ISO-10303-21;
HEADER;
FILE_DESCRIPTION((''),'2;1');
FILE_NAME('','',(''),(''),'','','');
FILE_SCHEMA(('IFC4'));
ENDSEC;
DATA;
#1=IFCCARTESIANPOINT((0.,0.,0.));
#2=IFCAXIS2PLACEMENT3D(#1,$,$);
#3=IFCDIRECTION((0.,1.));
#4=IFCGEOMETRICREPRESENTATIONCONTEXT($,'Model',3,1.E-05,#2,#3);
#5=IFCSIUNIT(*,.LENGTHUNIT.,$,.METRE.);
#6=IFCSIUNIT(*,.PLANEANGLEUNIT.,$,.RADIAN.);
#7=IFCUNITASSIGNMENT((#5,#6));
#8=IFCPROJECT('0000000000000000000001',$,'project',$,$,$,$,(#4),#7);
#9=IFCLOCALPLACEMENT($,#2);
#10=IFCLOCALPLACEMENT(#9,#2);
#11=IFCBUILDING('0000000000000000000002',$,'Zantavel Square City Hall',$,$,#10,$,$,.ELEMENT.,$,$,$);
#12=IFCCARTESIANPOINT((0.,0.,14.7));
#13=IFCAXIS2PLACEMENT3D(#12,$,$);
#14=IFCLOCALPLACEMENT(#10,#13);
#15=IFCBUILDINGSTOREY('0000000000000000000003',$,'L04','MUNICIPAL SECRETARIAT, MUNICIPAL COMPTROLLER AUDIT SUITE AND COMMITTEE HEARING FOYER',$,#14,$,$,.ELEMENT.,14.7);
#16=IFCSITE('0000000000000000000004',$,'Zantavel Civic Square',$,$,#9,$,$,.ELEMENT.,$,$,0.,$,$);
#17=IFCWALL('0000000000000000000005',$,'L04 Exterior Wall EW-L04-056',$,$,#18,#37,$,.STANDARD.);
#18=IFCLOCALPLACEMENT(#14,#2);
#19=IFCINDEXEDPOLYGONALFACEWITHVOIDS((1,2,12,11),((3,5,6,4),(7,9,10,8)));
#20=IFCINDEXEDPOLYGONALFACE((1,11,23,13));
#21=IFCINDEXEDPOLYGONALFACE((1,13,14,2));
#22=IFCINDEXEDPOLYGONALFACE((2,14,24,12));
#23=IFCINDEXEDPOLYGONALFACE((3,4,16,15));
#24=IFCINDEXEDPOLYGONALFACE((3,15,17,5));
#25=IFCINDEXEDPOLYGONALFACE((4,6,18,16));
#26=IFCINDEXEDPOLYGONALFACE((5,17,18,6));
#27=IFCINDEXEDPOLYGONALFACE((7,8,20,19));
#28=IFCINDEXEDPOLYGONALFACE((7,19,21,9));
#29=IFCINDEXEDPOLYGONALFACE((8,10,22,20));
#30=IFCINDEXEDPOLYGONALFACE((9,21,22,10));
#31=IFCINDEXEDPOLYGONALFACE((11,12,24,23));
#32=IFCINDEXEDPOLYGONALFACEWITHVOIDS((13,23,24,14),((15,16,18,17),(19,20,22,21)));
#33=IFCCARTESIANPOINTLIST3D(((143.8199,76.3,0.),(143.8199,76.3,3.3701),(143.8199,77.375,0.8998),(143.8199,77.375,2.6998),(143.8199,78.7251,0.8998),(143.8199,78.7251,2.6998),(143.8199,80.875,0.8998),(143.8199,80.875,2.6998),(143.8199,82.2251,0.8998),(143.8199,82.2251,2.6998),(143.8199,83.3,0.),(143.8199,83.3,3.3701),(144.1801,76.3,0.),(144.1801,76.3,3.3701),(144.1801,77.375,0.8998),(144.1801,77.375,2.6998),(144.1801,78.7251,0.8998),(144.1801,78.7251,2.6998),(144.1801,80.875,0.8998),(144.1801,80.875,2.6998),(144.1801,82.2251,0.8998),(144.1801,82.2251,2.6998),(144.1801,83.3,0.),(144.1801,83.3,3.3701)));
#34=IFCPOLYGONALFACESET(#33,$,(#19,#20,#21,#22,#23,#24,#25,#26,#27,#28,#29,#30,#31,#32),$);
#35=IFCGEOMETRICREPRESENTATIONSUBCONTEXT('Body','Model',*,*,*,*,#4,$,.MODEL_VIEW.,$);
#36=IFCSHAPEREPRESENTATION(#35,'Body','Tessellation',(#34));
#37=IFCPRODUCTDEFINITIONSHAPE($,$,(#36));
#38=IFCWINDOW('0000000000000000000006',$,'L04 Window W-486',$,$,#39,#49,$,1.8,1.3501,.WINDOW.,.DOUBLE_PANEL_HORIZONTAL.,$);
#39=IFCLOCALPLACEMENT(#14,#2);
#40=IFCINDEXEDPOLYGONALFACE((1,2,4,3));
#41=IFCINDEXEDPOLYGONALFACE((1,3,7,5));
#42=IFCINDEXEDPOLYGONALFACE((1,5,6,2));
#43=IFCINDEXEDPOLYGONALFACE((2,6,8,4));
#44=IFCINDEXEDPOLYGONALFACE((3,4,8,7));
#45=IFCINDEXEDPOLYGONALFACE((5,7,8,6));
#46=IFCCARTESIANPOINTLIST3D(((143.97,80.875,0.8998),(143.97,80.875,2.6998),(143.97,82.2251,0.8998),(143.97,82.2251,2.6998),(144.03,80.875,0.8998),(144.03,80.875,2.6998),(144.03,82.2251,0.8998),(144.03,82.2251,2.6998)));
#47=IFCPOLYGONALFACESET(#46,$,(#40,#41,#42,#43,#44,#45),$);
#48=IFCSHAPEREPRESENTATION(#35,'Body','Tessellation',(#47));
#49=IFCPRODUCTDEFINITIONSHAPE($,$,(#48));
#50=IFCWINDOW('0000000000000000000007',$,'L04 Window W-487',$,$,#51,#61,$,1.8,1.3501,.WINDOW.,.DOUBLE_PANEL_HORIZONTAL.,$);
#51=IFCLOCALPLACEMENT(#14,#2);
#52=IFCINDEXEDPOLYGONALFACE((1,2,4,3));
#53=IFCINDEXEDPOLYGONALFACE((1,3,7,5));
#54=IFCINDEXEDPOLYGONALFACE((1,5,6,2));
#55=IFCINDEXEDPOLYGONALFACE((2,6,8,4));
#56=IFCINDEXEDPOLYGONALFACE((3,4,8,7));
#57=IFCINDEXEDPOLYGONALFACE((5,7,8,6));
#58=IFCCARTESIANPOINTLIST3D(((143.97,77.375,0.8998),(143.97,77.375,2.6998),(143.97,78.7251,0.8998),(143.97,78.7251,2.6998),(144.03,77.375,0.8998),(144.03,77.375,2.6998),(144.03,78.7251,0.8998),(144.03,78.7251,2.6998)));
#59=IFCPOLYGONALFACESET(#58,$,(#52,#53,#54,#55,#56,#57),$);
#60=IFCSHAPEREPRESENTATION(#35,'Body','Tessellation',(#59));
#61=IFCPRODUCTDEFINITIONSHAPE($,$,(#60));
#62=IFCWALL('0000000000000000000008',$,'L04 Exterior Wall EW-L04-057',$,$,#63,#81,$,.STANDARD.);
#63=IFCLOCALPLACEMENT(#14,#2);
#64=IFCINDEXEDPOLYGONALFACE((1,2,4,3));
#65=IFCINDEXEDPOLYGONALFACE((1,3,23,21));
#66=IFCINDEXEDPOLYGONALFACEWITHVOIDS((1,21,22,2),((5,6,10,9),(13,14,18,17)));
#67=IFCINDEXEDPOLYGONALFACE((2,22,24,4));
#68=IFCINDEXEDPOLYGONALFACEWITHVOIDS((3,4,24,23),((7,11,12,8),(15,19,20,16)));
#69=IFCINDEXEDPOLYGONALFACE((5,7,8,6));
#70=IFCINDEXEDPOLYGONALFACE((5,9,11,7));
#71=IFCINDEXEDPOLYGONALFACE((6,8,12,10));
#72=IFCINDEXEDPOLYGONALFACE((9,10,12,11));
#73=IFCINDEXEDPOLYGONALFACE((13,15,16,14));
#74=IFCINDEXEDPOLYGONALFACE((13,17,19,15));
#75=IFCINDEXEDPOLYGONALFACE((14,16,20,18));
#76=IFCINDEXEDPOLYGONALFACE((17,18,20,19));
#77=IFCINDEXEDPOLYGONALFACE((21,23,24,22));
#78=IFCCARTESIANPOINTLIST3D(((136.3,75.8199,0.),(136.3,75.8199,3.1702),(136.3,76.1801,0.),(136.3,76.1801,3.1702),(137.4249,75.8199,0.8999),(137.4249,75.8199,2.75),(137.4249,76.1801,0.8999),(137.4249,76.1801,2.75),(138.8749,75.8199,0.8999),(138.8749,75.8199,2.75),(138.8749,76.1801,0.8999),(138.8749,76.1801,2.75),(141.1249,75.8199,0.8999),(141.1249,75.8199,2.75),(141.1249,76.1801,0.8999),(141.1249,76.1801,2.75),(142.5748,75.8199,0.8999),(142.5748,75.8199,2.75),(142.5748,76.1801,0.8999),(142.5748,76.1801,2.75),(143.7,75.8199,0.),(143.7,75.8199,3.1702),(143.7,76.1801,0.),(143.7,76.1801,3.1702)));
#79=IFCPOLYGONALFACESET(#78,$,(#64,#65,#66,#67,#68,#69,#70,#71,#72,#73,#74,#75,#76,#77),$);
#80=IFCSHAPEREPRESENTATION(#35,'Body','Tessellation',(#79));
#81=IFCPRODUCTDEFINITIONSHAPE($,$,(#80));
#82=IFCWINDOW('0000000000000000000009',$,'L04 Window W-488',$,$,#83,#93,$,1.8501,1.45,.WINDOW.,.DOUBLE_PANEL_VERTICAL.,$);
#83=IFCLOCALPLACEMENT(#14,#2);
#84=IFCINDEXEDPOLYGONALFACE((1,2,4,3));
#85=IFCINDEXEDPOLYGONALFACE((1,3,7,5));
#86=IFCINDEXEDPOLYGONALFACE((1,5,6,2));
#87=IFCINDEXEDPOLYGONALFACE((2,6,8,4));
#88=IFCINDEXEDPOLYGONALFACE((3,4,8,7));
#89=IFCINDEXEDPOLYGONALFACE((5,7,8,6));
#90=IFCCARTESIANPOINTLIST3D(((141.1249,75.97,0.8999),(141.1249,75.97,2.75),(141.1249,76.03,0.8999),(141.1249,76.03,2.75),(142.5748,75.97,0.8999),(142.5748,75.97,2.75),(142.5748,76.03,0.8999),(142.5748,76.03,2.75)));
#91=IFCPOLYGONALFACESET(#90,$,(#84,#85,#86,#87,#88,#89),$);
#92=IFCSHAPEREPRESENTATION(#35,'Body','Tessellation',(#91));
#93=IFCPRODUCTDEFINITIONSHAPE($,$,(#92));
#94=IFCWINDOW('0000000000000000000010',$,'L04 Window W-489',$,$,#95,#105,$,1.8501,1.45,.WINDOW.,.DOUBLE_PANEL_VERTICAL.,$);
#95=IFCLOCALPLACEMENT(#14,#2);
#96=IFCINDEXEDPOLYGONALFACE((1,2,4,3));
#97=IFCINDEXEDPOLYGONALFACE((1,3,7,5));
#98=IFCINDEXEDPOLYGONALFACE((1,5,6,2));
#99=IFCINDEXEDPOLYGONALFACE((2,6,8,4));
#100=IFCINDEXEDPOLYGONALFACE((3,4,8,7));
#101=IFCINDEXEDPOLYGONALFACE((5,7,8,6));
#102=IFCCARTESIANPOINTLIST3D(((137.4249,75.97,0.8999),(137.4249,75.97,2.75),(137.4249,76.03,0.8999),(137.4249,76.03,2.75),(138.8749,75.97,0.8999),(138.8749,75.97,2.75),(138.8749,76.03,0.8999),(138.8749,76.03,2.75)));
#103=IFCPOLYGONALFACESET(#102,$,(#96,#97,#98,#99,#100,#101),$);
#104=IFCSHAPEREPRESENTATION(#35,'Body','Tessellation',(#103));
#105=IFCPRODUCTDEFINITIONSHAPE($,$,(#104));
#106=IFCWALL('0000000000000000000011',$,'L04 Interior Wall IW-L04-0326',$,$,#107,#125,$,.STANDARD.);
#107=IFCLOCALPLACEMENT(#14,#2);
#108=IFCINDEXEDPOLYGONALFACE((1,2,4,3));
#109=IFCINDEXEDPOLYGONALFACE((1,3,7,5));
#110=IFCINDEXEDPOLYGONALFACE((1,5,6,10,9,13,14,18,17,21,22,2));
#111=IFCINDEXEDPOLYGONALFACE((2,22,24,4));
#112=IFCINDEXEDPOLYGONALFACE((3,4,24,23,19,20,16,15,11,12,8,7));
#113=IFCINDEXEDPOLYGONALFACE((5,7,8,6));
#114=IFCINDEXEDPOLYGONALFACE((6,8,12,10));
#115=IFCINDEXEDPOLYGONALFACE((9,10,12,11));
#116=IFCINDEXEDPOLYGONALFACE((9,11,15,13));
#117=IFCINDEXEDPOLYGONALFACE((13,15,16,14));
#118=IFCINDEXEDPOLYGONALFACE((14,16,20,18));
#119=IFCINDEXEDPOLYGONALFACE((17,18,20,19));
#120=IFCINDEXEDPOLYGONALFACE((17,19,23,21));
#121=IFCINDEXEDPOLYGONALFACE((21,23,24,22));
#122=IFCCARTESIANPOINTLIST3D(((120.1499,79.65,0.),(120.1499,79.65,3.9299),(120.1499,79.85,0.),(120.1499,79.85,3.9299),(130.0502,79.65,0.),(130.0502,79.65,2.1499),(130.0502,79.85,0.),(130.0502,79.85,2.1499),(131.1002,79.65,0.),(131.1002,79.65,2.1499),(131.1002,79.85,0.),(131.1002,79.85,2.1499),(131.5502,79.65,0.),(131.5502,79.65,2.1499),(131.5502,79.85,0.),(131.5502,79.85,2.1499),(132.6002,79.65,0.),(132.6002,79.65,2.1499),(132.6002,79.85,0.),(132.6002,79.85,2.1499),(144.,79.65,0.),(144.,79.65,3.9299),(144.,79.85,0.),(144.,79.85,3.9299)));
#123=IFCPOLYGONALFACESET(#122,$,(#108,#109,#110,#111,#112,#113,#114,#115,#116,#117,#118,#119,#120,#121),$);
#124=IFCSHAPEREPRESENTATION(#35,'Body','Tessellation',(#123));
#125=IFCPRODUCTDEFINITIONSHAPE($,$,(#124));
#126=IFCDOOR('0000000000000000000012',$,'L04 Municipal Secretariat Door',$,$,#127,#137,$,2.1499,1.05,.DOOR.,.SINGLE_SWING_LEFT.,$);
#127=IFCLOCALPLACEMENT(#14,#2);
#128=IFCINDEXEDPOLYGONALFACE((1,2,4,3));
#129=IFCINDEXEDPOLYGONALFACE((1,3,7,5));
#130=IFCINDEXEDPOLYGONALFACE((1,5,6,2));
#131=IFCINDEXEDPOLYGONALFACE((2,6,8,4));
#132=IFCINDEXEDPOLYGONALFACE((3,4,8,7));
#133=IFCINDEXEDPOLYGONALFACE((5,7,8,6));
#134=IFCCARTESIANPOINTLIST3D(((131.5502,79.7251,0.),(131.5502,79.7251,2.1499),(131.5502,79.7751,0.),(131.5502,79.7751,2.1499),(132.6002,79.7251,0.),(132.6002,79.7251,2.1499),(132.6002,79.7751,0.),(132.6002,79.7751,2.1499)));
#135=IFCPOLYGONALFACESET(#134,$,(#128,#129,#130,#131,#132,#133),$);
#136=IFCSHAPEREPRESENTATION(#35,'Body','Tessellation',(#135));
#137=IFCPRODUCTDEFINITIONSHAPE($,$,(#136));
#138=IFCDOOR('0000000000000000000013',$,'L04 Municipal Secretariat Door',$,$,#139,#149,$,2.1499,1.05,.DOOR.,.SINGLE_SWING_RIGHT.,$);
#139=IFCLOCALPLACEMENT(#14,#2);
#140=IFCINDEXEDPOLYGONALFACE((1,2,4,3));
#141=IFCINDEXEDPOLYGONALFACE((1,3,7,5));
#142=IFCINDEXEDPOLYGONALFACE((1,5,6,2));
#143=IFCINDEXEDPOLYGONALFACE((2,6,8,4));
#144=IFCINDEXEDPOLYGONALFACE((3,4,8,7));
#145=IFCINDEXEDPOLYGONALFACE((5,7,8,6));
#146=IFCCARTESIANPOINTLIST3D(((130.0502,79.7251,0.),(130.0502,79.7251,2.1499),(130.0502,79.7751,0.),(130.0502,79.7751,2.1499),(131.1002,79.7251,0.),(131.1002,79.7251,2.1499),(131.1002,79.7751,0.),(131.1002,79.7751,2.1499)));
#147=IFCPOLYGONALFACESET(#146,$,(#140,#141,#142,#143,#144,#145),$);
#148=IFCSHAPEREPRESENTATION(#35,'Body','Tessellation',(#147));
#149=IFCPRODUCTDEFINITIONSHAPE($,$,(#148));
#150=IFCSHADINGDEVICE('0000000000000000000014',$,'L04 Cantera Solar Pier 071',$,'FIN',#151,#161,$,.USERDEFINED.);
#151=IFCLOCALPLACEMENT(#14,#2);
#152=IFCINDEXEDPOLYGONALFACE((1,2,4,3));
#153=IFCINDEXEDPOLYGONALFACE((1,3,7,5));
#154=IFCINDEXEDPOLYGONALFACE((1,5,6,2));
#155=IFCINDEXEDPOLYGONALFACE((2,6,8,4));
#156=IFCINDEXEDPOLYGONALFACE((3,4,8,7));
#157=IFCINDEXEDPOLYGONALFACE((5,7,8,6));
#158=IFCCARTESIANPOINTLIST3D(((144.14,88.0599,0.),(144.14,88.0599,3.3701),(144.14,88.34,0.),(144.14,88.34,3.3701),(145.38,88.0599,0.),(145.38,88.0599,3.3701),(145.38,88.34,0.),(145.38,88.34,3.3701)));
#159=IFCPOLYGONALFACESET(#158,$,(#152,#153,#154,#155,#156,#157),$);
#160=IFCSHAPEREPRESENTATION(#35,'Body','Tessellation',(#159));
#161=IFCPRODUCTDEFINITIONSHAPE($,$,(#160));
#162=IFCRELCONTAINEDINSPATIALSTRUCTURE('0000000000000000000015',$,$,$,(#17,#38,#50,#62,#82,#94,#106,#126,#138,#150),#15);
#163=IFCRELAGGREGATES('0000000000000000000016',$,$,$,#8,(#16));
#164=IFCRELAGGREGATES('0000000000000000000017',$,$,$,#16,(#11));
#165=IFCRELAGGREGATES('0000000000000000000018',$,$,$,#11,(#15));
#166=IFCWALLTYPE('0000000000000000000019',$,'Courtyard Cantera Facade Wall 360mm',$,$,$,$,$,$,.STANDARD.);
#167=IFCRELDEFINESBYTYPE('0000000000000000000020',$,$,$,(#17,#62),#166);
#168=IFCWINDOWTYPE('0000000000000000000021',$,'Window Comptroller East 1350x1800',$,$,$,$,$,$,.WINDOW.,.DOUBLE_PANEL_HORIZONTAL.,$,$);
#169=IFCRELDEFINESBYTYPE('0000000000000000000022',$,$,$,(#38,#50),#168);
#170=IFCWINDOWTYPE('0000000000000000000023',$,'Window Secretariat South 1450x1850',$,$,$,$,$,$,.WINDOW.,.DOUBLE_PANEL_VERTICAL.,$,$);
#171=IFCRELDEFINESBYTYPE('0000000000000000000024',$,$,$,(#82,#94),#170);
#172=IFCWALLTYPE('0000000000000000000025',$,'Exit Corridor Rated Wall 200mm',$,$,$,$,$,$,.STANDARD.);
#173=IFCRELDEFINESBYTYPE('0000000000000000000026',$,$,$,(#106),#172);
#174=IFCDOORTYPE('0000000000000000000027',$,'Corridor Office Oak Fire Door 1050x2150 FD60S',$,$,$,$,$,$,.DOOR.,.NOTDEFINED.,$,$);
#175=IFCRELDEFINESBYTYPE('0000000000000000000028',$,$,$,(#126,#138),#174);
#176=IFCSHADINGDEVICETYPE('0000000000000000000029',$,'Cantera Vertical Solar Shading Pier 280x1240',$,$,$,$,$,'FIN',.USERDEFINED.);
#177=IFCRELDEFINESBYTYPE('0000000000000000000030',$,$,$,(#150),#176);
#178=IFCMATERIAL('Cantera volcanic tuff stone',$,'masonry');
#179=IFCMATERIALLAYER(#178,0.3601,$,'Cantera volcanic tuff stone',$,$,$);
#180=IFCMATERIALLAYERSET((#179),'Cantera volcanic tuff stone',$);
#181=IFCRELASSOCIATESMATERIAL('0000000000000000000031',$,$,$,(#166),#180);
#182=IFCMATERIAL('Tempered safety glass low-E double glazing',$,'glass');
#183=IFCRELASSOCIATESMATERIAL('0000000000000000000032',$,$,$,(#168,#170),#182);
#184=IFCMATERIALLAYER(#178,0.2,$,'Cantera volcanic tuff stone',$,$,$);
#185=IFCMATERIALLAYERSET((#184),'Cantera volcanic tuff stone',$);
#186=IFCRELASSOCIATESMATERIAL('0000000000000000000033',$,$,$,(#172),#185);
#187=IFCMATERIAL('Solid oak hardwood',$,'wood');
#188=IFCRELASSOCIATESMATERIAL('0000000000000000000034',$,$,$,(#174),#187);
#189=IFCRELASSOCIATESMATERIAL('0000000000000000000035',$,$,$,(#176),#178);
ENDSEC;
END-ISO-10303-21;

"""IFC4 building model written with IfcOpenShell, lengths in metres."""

from ifc_helpers import new_model, si_unit, direction, frame, frame_2d, origin, origin_2d, place, context, subcontext, project, spatial, rectangle, extrude, material, layer, layer_set, type_object, element, fill, save


model = new_model("IFC4")

# Units and contexts
model_context = context("Model", 3, precision=1e-05, world=origin(), true_north=direction((0.0, 1.0)))
body_context = subcontext(model_context, "Body", "Model", "MODEL_VIEW")
ifc_project = project(units=[si_unit("LENGTHUNIT", "METRE"), si_unit("PLANEANGLEUNIT", "RADIAN")], contexts=[model_context])

# Site, building, storey
site_placement = place(None, origin())
site = spatial("IfcSite", under=ifc_project, at=site_placement, Name="Zantavel Civic Square", CompositionType="ELEMENT", RefElevation=0.0)
building_placement = place(site_placement, origin())
building = spatial("IfcBuilding", under=site, at=building_placement, Name="Zantavel Square City Hall", CompositionType="ELEMENT")
storey_placement = place(building_placement, frame((0.0, 0.0, 14.7)))
storey = spatial("IfcBuildingStorey", under=building, at=storey_placement, Name="L04", Description="MUNICIPAL SECRETARIAT, MUNICIPAL COMPTROLLER AUDIT SUITE AND COMMITTEE HEARING FOYER", CompositionType="ELEMENT", Elevation=14.7)

# Shared definitions
ifc_material_1 = material(Name="Cantera volcanic tuff stone", Category="masonry")

# Walls, openings, windows
ifc_layer_1 = layer(ifc_material_1, 0.3601, Name="Cantera volcanic tuff stone")
ifc_layer_set_1 = layer_set([ifc_layer_1], Name="Cantera volcanic tuff stone")
wall_type_1 = type_object("IfcWallType", Name="Courtyard Cantera Facade Wall 360mm", PredefinedType="STANDARD", material=ifc_layer_set_1)
ifc_material_2 = material(Name="Tempered safety glass low-E double glazing", Category="glass")
window_type_1 = type_object("IfcWindowType", Name="Window Comptroller East 1350x1800", PartitioningType="DOUBLE_PANEL_HORIZONTAL", PredefinedType="WINDOW", material=ifc_material_2)
wall_1_placement = place(storey_placement, frame((144.0, 83.3, 0.0), z_axis=(0.0, 0.0, 1.0), x_axis=(0.0, -1.0, 0.0)))
wall_1 = element("IfcWall", 1, at=wall_1_placement, inside=storey, type_object=wall_type_1, Name="L04 Exterior Wall EW-L04-056", PredefinedType="STANDARD", context=body_context, shape_type="SweptSolid", body=[
    extrude(rectangle(XDim=7.0, YDim=0.3601, at=frame_2d((3.5, 0.0))), origin(), (0.0, 0.0, 1.0), 3.3701),
])
opening_1_placement = place(wall_1_placement, frame((1.075, 0.0, 0.8999)))
opening_1 = element("IfcOpeningElement", 2, at=opening_1_placement, cuts=wall_1, PredefinedType="OPENING", context=body_context, shape_type="SweptSolid", body=[
    extrude(rectangle(XDim=1.3501, YDim=1.8, at=frame_2d((0.675, 0.8999))), frame((0.0, 0.1899, 0.0), z_axis=(0.0, -1.0, 0.0), x_axis=(1.0, 0.0, 0.0)), (0.0, 0.0, 1.0), 0.3801),
])
opening_2_placement = place(wall_1_placement, frame((4.575, 0.0, 0.8999)))
opening_2 = element("IfcOpeningElement", 3, at=opening_2_placement, cuts=wall_1, PredefinedType="OPENING", context=body_context, shape_type="SweptSolid", body=[
    extrude(rectangle(XDim=1.3501, YDim=1.8, at=frame_2d((0.675, 0.8999))), frame((0.0, 0.1899, 0.0), z_axis=(0.0, -1.0, 0.0), x_axis=(1.0, 0.0, 0.0)), (0.0, 0.0, 1.0), 0.3801),
])
window_1_placement = place(opening_1_placement, origin())
window_1 = element("IfcWindow", 4, at=window_1_placement, inside=storey, type_object=window_type_1, Name="L04 Window W-486", OverallHeight=1.8, OverallWidth=1.3501, PartitioningType="DOUBLE_PANEL_HORIZONTAL", PredefinedType="WINDOW", context=body_context, shape_type="SweptSolid", body=[
    extrude(rectangle(XDim=1.3501, YDim=1.8, at=frame_2d((0.675, 0.8999))), frame((0.0, 0.03, 0.0), z_axis=(0.0, -1.0, 0.0), x_axis=(1.0, 0.0, 0.0)), (0.0, 0.0, 1.0), 0.0601),
])
fill(opening_1, window_1)
window_2_placement = place(opening_2_placement, origin())
window_2 = element("IfcWindow", 5, at=window_2_placement, inside=storey, type_object=window_type_1, Name="L04 Window W-487", OverallHeight=1.8, OverallWidth=1.3501, PartitioningType="DOUBLE_PANEL_HORIZONTAL", PredefinedType="WINDOW", context=body_context, shape_type="SweptSolid", body=[
    extrude(rectangle(XDim=1.3501, YDim=1.8, at=frame_2d((0.675, 0.8999))), frame((0.0, 0.03, 0.0), z_axis=(0.0, -1.0, 0.0), x_axis=(1.0, 0.0, 0.0)), (0.0, 0.0, 1.0), 0.0601),
])
fill(opening_2, window_2)
wall_2_placement = place(storey_placement, frame((143.7, 76.0, 0.0), z_axis=(0.0, 0.0, 1.0), x_axis=(-1.0, 0.0, 0.0)))
wall_2 = element("IfcWall", 6, at=wall_2_placement, inside=storey, type_object=wall_type_1, Name="L04 Exterior Wall EW-L04-057", PredefinedType="STANDARD", context=body_context, shape_type="SweptSolid", body=[
    extrude(rectangle(XDim=7.3999, YDim=0.3601, at=frame_2d((3.7, 0.0))), origin(), (0.0, 0.0, 1.0), 3.1702),
])
opening_3_placement = place(wall_2_placement, frame((1.125, 0.0, 0.8999)))
opening_3 = element("IfcOpeningElement", 7, at=opening_3_placement, cuts=wall_2, PredefinedType="OPENING", context=body_context, shape_type="SweptSolid", body=[
    extrude(rectangle(XDim=1.45, YDim=1.8501, at=frame_2d((0.7251, 0.925))), frame((0.0, 0.1899, 0.0), z_axis=(0.0, -1.0, 0.0), x_axis=(1.0, 0.0, 0.0)), (0.0, 0.0, 1.0), 0.3801),
])
opening_4_placement = place(wall_2_placement, frame((4.825, 0.0, 0.8999)))
opening_4 = element("IfcOpeningElement", 8, at=opening_4_placement, cuts=wall_2, PredefinedType="OPENING", context=body_context, shape_type="SweptSolid", body=[
    extrude(rectangle(XDim=1.45, YDim=1.8501, at=frame_2d((0.7251, 0.925))), frame((0.0, 0.1899, 0.0), z_axis=(0.0, -1.0, 0.0), x_axis=(1.0, 0.0, 0.0)), (0.0, 0.0, 1.0), 0.3801),
])
window_type_2 = type_object("IfcWindowType", Name="Window Secretariat South 1450x1850", PartitioningType="DOUBLE_PANEL_VERTICAL", PredefinedType="WINDOW", material=ifc_material_2)
window_3_placement = place(opening_3_placement, origin())
window_3 = element("IfcWindow", 9, at=window_3_placement, inside=storey, type_object=window_type_2, Name="L04 Window W-488", OverallHeight=1.8501, OverallWidth=1.45, PartitioningType="DOUBLE_PANEL_VERTICAL", PredefinedType="WINDOW", context=body_context, shape_type="SweptSolid", body=[
    extrude(rectangle(XDim=1.45, YDim=1.8501, at=frame_2d((0.7251, 0.925))), frame((0.0, 0.03, 0.0), z_axis=(0.0, -1.0, 0.0), x_axis=(1.0, 0.0, 0.0)), (0.0, 0.0, 1.0), 0.0601),
])
fill(opening_3, window_3)
window_4_placement = place(opening_4_placement, origin())
window_4 = element("IfcWindow", 10, at=window_4_placement, inside=storey, type_object=window_type_2, Name="L04 Window W-489", OverallHeight=1.8501, OverallWidth=1.45, PartitioningType="DOUBLE_PANEL_VERTICAL", PredefinedType="WINDOW", context=body_context, shape_type="SweptSolid", body=[
    extrude(rectangle(XDim=1.45, YDim=1.8501, at=frame_2d((0.7251, 0.925))), frame((0.0, 0.03, 0.0), z_axis=(0.0, -1.0, 0.0), x_axis=(1.0, 0.0, 0.0)), (0.0, 0.0, 1.0), 0.0601),
])
fill(opening_4, window_4)

# Wall, openings, doors
ifc_layer_2 = layer(ifc_material_1, 0.2, Name="Cantera volcanic tuff stone")
ifc_layer_set_2 = layer_set([ifc_layer_2], Name="Cantera volcanic tuff stone")
wall_type_2 = type_object("IfcWallType", Name="Exit Corridor Rated Wall 200mm", PredefinedType="STANDARD", material=ifc_layer_set_2)
wall_3_placement = place(storey_placement, frame((144.0, 79.75, 0.0), z_axis=(0.0, 0.0, 1.0), x_axis=(-1.0, 0.0, 0.0)))
wall_3 = element("IfcWall", 11, at=wall_3_placement, inside=storey, type_object=wall_type_2, Name="L04 Interior Wall IW-L04-0326", PredefinedType="STANDARD", context=body_context, shape_type="SweptSolid", body=[
    extrude(rectangle(XDim=23.8501, YDim=0.2, at=frame_2d((11.925, 0.0))), origin(), (0.0, 0.0, 1.0), 3.9299),
])
opening_5_placement = place(wall_3_placement, frame((11.3999, 0.0, 0.0)))
opening_5 = element("IfcOpeningElement", 12, at=opening_5_placement, cuts=wall_3, PredefinedType="OPENING", context=body_context, shape_type="SweptSolid", body=[
    extrude(rectangle(XDim=1.05, YDim=2.1499, at=frame_2d((0.5249, 1.075))), frame((0.0, 0.1099, 0.0), z_axis=(0.0, -1.0, 0.0), x_axis=(1.0, 0.0, 0.0)), (0.0, 0.0, 1.0), 0.22),
])
opening_6_placement = place(wall_3_placement, frame((12.8999, 0.0, 0.0)))
opening_6 = element("IfcOpeningElement", 13, at=opening_6_placement, cuts=wall_3, PredefinedType="OPENING", context=body_context, shape_type="SweptSolid", body=[
    extrude(rectangle(XDim=1.05, YDim=2.1499, at=frame_2d((0.5249, 1.075))), frame((0.0, 0.1099, 0.0), z_axis=(0.0, -1.0, 0.0), x_axis=(1.0, 0.0, 0.0)), (0.0, 0.0, 1.0), 0.22),
])
ifc_material_3 = material(Name="Solid oak hardwood", Category="wood")
door_type = type_object("IfcDoorType", Name="Corridor Office Oak Fire Door 1050x2150 FD60S", OperationType="NOTDEFINED", PredefinedType="DOOR", material=ifc_material_3)
door_1_placement = place(opening_5_placement, origin())
door_1 = element("IfcDoor", 14, at=door_1_placement, inside=storey, type_object=door_type, Name="L04 Municipal Secretariat Door", OperationType="SINGLE_SWING_LEFT", OverallHeight=2.1499, OverallWidth=1.05, PredefinedType="DOOR", context=body_context, shape_type="SweptSolid", body=[
    extrude(rectangle(XDim=1.05, YDim=2.1499, at=frame_2d((0.5249, 1.075))), frame((0.0, 0.0249, 0.0), z_axis=(0.0, -1.0, 0.0), x_axis=(1.0, 0.0, 0.0)), (0.0, 0.0, 1.0), 0.05),
])
fill(opening_5, door_1)
door_2_placement = place(opening_6_placement, origin())
door_2 = element("IfcDoor", 15, at=door_2_placement, inside=storey, type_object=door_type, Name="L04 Municipal Secretariat Door", OperationType="SINGLE_SWING_RIGHT", OverallHeight=2.1499, OverallWidth=1.05, PredefinedType="DOOR", context=body_context, shape_type="SweptSolid", body=[
    extrude(rectangle(XDim=1.05, YDim=2.1499, at=frame_2d((0.5249, 1.075))), frame((0.0, 0.0249, 0.0), z_axis=(0.0, -1.0, 0.0), x_axis=(1.0, 0.0, 0.0)), (0.0, 0.0, 1.0), 0.05),
])
fill(opening_6, door_2)

# Shading device
shading_device_type = type_object("IfcShadingDeviceType", Name="Cantera Vertical Solar Shading Pier 280x1240", ElementType="FIN", PredefinedType="USERDEFINED", material=ifc_material_1)
for number, where, z_axis, x_axis, name in (
    (16, (144.76, 88.2, 0.0), (0.0, 0.0, 1.0), (1.0, 0.0, 0.0), "L04 Cantera Solar Pier 071"),
):
    element("IfcShadingDevice", number, at=place(storey_placement, frame(where, z_axis=z_axis, x_axis=x_axis)), inside=storey, type_object=shading_device_type, Name=name, ObjectType="FIN", PredefinedType="USERDEFINED", context=body_context, shape_type="SweptSolid", body=[
        extrude(rectangle(XDim=1.24, YDim=0.28, at=origin_2d()), origin(), (0.0, 0.0, 1.0), 3.3701),
    ])

save(model, "model.ifc")
